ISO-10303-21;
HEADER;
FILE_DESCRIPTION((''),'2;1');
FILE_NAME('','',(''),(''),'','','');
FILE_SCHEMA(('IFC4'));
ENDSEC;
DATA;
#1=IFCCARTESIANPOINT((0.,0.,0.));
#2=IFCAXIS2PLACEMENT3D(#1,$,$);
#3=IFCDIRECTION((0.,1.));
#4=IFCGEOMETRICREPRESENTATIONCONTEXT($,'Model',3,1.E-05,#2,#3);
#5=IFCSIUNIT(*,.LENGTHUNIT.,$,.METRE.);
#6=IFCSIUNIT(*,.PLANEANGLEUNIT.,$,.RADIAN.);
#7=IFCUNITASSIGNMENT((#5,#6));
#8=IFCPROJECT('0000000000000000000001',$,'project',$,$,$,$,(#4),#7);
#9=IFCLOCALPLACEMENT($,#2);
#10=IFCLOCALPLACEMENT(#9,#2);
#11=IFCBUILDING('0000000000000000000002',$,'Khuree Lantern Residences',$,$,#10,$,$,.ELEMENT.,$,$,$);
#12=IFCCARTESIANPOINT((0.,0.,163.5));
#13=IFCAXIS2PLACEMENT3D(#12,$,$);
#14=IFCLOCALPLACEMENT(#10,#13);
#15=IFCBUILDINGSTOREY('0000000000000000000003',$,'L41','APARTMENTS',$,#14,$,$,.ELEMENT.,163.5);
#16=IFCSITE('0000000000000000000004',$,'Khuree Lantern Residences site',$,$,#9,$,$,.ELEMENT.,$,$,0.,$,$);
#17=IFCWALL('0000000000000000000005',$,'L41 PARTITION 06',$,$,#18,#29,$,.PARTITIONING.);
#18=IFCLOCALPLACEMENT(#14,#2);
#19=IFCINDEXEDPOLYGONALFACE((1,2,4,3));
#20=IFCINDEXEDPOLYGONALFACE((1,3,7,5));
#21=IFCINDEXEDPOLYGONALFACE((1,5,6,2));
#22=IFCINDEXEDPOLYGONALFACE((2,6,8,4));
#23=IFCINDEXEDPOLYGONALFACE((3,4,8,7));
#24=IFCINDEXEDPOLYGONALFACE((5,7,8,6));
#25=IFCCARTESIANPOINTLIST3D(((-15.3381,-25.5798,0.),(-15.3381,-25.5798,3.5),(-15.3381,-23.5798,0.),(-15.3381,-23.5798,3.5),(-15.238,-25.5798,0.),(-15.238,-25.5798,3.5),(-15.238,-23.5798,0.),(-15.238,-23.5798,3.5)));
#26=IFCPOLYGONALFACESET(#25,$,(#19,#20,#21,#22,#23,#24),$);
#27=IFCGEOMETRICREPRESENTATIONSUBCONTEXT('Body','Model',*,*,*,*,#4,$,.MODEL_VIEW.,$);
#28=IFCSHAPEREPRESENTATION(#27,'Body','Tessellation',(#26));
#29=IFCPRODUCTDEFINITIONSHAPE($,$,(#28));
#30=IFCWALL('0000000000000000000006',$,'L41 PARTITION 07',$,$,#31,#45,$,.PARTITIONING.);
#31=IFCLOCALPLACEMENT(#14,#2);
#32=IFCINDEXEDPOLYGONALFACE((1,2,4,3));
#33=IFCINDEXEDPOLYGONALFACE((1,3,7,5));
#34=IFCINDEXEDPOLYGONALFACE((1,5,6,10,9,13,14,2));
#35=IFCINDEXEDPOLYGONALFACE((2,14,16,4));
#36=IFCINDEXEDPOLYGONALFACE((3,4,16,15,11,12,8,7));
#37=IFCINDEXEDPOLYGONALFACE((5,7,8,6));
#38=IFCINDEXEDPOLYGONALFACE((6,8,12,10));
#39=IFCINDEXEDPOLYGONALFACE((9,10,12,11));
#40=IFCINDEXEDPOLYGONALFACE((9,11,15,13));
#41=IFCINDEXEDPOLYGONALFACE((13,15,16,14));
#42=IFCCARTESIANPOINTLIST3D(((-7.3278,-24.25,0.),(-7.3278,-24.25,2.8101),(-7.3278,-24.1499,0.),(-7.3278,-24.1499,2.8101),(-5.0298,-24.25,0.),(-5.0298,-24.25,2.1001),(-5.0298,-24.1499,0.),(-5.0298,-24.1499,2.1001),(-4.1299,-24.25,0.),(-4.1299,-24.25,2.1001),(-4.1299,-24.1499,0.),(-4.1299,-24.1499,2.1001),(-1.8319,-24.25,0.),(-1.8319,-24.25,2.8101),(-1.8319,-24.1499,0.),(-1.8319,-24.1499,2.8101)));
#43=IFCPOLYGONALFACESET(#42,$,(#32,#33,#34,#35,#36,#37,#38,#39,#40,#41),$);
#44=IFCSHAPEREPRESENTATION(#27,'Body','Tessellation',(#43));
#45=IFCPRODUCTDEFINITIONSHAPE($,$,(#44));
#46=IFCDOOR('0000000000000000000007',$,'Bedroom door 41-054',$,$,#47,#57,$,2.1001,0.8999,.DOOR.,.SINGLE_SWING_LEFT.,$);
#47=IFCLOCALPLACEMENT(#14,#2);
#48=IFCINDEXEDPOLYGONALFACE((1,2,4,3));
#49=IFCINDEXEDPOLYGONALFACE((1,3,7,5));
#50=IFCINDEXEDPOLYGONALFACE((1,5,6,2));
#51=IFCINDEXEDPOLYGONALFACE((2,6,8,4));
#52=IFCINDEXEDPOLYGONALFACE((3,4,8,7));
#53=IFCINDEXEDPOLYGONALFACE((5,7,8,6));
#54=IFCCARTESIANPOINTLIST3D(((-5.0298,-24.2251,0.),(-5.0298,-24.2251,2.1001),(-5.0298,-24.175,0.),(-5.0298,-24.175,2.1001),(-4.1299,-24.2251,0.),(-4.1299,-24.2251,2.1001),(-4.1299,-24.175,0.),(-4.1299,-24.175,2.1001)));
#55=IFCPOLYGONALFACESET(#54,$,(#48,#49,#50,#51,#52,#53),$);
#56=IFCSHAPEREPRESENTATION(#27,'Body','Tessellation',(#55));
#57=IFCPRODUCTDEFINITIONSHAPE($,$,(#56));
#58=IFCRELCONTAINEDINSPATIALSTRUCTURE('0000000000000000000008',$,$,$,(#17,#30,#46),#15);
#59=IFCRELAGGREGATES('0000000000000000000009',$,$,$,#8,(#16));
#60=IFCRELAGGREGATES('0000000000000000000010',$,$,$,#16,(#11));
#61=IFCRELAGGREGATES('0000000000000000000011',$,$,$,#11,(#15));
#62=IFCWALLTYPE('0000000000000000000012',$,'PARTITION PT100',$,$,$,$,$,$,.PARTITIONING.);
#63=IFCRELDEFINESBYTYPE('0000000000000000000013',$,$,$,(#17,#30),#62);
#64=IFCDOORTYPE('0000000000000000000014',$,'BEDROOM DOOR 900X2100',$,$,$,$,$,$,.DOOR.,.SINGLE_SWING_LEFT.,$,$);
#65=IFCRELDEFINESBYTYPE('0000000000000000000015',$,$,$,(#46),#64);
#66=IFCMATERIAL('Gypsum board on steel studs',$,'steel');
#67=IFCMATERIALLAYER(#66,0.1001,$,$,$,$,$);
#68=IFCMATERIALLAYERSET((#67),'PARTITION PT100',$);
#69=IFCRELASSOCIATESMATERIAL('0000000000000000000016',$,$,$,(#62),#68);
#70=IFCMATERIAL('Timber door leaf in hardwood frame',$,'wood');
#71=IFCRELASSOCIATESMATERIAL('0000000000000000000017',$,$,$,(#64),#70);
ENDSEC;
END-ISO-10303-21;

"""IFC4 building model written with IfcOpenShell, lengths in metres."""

from ifc_helpers import new_model, si_unit, direction, frame, frame_2d, origin, place, context, subcontext, project, spatial, rectangle, extrude, material, layer, layer_set, type_object, element, fill, save


model = new_model("IFC4")

# Units and contexts
model_context = context("Model", 3, precision=1e-05, world=origin(), true_north=direction((0.0, 1.0)))
body_context = subcontext(model_context, "Body", "Model", "MODEL_VIEW")
ifc_project = project(units=[si_unit("LENGTHUNIT", "METRE"), si_unit("PLANEANGLEUNIT", "RADIAN")], contexts=[model_context])

# Site, building, storey
site_placement = place(None, origin())
site = spatial("IfcSite", under=ifc_project, at=site_placement, Name="Khuree Lantern Residences site", CompositionType="ELEMENT", RefElevation=0.0)
building_placement = place(site_placement, origin())
building = spatial("IfcBuilding", under=site, at=building_placement, Name="Khuree Lantern Residences", CompositionType="ELEMENT")
storey_placement = place(building_placement, frame((0.0, 0.0, 163.5)))
storey = spatial("IfcBuildingStorey", under=building, at=storey_placement, Name="L41", Description="APARTMENTS", CompositionType="ELEMENT", Elevation=163.5)

# Shared definitions
ifc_material_1 = material(Name="Gypsum board on steel studs", Category="steel")
ifc_layer_1 = layer(ifc_material_1, 0.1001)
ifc_layer_set_1 = layer_set([ifc_layer_1], Name="PARTITION PT100")
wall_type_1 = type_object("IfcWallType", Name="PARTITION PT100", PredefinedType="PARTITIONING", material=ifc_layer_set_1)

# Shared definitions
ifc_material_2 = material(Name="Timber door leaf in hardwood frame", Category="wood")
door_type_1 = type_object("IfcDoorType", Name="BEDROOM DOOR 900X2100", OperationType="SINGLE_SWING_LEFT", PredefinedType="DOOR", material=ifc_material_2)

# Wall
wall_1_placement = place(storey_placement, frame((-15.2881, -23.5798, 0.0), z_axis=(0.0, 0.0, 1.0), x_axis=(0.0, -1.0, 0.0)))
element("IfcWall", 1, at=wall_1_placement, inside=storey, type_object=wall_type_1, Name="L41 PARTITION 06", PredefinedType="PARTITIONING", context=body_context, shape_type="SweptSolid", body=[
    extrude(rectangle(XDim=2.0, YDim=0.1001, at=frame_2d((1.0, 0.0))), origin(), (0.0, 0.0, 1.0), 3.5),
])

# Wall, opening, door
wall_2_placement = place(storey_placement, frame((-7.3279, -24.2, 0.0), z_axis=(0.0, 0.0, 1.0), x_axis=(1.0, 0.0, 0.0)))
wall_2 = element("IfcWall", 2, at=wall_2_placement, inside=storey, type_object=wall_type_1, Name="L41 PARTITION 07", PredefinedType="PARTITIONING", context=body_context, shape_type="SweptSolid", body=[
    extrude(rectangle(XDim=5.4958, YDim=0.1001, at=frame_2d((2.748, 0.0))), origin(), (0.0, 0.0, 1.0), 2.8101),
])
opening_1_placement = place(wall_2_placement, frame((2.2981, 0.0, 0.0)))
opening_1 = element("IfcOpeningElement", 3, at=opening_1_placement, cuts=wall_2, PredefinedType="OPENING", context=body_context, shape_type="SweptSolid", body=[
    extrude(rectangle(XDim=0.8999, YDim=2.1001, at=frame_2d((0.45, 1.05))), frame((0.0, 0.0601, 0.0), z_axis=(0.0, -1.0, 0.0), x_axis=(1.0, 0.0, 0.0)), (0.0, 0.0, 1.0), 0.1201),
])
door_1_placement = place(opening_1_placement, origin())
door_1 = element("IfcDoor", 4, at=door_1_placement, inside=storey, type_object=door_type_1, Name="Bedroom door 41-054", OperationType="SINGLE_SWING_LEFT", OverallHeight=2.1001, OverallWidth=0.8999, PredefinedType="DOOR", context=body_context, shape_type="SweptSolid", body=[
    extrude(rectangle(XDim=0.8999, YDim=2.1001, at=frame_2d((0.45, 1.05))), frame((0.0, 0.0249, 0.0), z_axis=(0.0, -1.0, 0.0), x_axis=(1.0, 0.0, 0.0)), (0.0, 0.0, 1.0), 0.05),
])
fill(opening_1, door_1)

save(model, "model.ifc")
